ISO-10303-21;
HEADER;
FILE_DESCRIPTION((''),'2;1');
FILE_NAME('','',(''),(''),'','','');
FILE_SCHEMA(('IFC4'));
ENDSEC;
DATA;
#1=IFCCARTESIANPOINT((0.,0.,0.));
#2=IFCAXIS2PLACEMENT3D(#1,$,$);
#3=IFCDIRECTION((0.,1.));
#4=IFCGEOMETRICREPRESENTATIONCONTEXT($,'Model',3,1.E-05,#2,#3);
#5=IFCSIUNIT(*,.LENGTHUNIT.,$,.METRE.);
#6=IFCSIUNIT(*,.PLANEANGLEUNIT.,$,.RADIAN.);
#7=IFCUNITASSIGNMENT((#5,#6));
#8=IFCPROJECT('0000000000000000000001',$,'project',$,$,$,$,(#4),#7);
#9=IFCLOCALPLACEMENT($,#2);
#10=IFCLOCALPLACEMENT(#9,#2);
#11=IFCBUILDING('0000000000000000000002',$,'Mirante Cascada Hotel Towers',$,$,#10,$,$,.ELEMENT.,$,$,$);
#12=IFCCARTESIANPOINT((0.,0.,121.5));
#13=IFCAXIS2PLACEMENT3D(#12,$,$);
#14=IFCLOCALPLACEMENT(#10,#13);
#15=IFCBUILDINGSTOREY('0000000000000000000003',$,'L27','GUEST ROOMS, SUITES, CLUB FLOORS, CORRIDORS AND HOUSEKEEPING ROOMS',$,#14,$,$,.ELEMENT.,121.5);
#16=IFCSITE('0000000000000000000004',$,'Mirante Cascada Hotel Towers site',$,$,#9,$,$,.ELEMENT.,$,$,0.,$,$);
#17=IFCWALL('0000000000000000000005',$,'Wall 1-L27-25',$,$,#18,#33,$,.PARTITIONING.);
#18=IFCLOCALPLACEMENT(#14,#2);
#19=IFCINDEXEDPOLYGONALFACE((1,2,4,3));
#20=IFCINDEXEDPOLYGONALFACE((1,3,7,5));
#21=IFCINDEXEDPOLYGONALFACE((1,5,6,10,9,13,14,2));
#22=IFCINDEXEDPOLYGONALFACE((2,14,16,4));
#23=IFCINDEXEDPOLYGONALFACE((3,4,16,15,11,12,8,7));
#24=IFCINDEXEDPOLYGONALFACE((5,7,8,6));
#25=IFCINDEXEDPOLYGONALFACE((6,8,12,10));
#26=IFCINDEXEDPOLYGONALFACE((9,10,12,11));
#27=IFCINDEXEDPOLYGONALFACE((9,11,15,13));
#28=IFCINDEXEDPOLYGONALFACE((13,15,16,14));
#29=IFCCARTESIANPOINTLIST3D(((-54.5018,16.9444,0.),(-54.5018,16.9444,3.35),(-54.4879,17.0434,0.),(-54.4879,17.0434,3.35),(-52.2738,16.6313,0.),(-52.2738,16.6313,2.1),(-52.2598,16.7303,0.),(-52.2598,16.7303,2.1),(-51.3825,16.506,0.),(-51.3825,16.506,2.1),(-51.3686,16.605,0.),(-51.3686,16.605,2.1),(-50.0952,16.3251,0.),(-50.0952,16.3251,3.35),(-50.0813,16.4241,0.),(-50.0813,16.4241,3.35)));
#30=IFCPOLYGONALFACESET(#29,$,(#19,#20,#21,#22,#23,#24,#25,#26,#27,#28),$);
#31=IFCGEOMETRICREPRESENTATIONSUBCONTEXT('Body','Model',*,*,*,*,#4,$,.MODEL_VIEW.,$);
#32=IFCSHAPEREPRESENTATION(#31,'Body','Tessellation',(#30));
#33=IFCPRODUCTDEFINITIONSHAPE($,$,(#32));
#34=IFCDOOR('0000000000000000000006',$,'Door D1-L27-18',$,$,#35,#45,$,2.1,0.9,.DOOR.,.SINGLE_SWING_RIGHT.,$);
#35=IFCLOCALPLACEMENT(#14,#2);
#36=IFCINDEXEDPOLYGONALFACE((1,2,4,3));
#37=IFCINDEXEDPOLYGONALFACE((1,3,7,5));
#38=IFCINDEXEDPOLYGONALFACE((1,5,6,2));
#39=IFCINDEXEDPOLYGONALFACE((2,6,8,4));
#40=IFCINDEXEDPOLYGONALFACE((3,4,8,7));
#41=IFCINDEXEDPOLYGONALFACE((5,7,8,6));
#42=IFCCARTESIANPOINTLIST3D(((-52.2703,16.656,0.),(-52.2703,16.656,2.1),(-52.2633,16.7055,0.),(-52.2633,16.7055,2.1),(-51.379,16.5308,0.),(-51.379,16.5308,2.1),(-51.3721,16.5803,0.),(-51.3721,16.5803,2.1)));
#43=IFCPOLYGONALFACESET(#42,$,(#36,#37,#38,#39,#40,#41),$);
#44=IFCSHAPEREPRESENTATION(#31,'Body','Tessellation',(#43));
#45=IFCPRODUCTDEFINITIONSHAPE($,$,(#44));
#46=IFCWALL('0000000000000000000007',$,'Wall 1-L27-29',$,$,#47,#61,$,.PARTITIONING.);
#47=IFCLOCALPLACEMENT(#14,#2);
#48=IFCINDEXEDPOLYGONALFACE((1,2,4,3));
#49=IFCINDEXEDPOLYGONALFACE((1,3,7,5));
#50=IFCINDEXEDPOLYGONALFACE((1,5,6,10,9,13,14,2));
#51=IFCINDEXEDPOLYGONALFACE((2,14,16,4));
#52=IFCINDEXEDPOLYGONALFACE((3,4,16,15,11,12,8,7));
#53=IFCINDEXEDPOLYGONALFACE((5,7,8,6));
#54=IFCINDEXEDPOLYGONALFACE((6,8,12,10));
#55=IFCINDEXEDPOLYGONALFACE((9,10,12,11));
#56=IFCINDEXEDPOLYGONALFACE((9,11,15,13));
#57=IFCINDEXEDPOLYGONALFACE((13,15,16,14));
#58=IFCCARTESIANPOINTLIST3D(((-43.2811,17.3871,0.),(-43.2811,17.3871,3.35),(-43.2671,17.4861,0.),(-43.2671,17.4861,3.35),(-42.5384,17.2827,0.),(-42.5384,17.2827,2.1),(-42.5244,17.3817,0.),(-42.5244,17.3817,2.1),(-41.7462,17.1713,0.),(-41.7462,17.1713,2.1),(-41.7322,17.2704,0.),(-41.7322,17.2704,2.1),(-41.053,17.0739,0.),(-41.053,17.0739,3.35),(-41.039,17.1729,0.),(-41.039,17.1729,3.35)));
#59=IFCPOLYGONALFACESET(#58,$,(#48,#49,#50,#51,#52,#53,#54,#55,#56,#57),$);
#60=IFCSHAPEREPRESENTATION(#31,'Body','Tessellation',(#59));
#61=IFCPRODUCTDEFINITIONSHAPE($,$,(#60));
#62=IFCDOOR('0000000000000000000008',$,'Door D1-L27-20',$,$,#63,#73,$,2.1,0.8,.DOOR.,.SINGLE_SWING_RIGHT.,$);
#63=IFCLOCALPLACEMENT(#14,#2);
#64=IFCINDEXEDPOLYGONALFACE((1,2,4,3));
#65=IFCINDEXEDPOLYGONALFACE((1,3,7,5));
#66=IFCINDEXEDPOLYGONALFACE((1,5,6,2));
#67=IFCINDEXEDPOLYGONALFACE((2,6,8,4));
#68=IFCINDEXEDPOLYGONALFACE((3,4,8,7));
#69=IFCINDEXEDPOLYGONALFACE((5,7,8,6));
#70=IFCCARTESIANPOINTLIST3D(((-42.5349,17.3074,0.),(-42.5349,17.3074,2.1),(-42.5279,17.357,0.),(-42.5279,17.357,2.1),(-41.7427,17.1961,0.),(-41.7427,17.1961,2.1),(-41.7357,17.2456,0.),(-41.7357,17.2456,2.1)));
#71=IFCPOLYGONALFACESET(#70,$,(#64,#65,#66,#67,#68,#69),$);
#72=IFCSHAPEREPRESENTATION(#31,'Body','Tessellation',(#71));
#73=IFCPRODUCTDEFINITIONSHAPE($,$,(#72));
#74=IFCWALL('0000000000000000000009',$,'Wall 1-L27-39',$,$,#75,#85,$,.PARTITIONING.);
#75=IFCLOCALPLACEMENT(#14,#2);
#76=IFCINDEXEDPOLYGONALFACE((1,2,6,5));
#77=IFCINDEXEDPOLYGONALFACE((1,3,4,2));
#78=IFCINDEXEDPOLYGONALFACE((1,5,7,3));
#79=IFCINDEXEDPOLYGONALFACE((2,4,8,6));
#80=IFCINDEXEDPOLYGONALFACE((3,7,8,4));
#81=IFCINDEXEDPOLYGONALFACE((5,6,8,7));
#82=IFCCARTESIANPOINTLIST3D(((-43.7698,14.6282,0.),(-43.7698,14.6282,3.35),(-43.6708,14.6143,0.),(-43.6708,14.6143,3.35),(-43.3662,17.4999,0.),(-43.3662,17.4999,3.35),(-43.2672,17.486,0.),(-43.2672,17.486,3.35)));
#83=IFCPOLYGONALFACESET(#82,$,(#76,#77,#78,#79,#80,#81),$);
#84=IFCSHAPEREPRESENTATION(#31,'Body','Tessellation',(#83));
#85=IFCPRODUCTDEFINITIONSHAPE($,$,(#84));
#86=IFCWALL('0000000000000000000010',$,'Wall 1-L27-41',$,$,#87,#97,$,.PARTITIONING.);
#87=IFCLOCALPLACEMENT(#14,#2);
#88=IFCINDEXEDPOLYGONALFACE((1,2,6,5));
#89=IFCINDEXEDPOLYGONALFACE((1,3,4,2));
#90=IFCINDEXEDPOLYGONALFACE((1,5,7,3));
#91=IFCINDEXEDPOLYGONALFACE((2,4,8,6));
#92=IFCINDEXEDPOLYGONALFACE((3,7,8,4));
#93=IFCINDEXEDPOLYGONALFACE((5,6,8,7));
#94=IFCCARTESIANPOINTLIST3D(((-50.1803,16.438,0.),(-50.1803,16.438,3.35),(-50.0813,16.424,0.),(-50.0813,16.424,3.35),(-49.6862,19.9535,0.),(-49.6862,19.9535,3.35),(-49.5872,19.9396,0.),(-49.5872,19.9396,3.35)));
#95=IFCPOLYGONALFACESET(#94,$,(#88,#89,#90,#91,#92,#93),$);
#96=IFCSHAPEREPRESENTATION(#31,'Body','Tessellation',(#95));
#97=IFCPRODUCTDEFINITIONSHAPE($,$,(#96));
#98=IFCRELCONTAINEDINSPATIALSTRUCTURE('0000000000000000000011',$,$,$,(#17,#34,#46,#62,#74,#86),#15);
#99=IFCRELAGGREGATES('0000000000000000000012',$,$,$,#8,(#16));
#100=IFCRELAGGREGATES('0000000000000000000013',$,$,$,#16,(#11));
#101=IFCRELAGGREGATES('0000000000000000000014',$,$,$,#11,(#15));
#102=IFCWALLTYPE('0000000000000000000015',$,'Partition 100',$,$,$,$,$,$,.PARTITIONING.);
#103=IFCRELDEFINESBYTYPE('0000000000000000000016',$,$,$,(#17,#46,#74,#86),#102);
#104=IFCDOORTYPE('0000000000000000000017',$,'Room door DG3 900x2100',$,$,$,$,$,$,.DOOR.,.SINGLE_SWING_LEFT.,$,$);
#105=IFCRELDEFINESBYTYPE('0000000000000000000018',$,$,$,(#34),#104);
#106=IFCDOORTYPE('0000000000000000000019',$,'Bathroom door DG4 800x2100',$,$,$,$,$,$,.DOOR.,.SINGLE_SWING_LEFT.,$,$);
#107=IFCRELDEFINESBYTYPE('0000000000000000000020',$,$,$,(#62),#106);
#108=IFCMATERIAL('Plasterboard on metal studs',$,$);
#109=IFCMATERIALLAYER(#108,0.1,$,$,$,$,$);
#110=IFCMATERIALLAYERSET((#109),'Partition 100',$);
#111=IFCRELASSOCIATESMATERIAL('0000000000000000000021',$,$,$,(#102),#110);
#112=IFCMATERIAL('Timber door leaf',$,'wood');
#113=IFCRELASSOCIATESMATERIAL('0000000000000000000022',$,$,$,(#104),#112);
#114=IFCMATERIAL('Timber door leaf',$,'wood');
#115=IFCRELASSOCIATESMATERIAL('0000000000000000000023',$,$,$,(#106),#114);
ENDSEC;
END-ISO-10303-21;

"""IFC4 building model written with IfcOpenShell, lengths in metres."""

from ifc_helpers import new_model, si_unit, direction, frame, frame_2d, origin, place, context, subcontext, project, spatial, rectangle, extrude, material, layer, layer_set, type_object, element, fill, save


model = new_model("IFC4")

# Units and contexts
model_context = context("Model", 3, precision=1e-05, world=origin(), true_north=direction((0.0, 1.0)))
body_context = subcontext(model_context, "Body", "Model", "MODEL_VIEW")
ifc_project = project(units=[si_unit("LENGTHUNIT", "METRE"), si_unit("PLANEANGLEUNIT", "RADIAN")], contexts=[model_context])

# Site, building, storey
site_placement = place(None, origin())
site = spatial("IfcSite", under=ifc_project, at=site_placement, Name="Mirante Cascada Hotel Towers site", CompositionType="ELEMENT", RefElevation=0.0)
building_placement = place(site_placement, origin())
building = spatial("IfcBuilding", under=site, at=building_placement, Name="Mirante Cascada Hotel Towers", CompositionType="ELEMENT")
storey_placement = place(building_placement, frame((0.0, 0.0, 121.5)))
storey = spatial("IfcBuildingStorey", under=building, at=storey_placement, Name="L27", Description="GUEST ROOMS, SUITES, CLUB FLOORS, CORRIDORS AND HOUSEKEEPING ROOMS", CompositionType="ELEMENT", Elevation=121.5)

# Shared definitions
ifc_material_1 = material(Name="Plasterboard on metal studs")
ifc_layer_1 = layer(ifc_material_1, 0.1)
ifc_layer_set_1 = layer_set([ifc_layer_1], Name="Partition 100")
wall_type_1 = type_object("IfcWallType", Name="Partition 100", PredefinedType="PARTITIONING", material=ifc_layer_set_1)

# Walls, openings, doors
wall_1_placement = place(storey_placement, frame((-54.4949, 16.9939, 0.0), z_axis=(0.0, 0.0, 1.0), x_axis=(0.990268, -0.139172, 0.0)))
wall_1 = element("IfcWall", 1, at=wall_1_placement, inside=storey, type_object=wall_type_1, Name="Wall 1-L27-25", PredefinedType="PARTITIONING", context=body_context, shape_type="SweptSolid", body=[
    extrude(rectangle(XDim=4.4499, YDim=0.1, at=frame_2d((2.225, 0.0))), origin(), (0.0, 0.0, 1.0), 3.35),
])
opening_1_placement = place(wall_1_placement, frame((2.25, 0.0, 0.0)))
opening_1 = element("IfcOpeningElement", 2, at=opening_1_placement, cuts=wall_1, PredefinedType="OPENING", context=body_context, shape_type="SweptSolid", body=[
    extrude(rectangle(XDim=0.9, YDim=2.1, at=frame_2d((0.45, 1.05))), frame((0.0, 0.05, 0.0), z_axis=(0.0, -1.0, 0.0), x_axis=(1.0, 0.0, 0.0)), (0.0, 0.0, 1.0), 0.1),
])
ifc_material_2 = material(Name="Timber door leaf", Category="wood")
door_type_1 = type_object("IfcDoorType", Name="Room door DG3 900x2100", OperationType="SINGLE_SWING_LEFT", PredefinedType="DOOR", material=ifc_material_2)
door_1_placement = place(opening_1_placement, frame((0.9, 0.0, 0.0), z_axis=(0.0, 0.0, 1.0), x_axis=(-1.0, 0.0, 0.0)))
door_1 = element("IfcDoor", 3, at=door_1_placement, inside=storey, type_object=door_type_1, Name="Door D1-L27-18", OperationType="SINGLE_SWING_RIGHT", OverallHeight=2.1, OverallWidth=0.9, PredefinedType="DOOR", context=body_context, shape_type="SweptSolid", body=[
    extrude(rectangle(XDim=0.9, YDim=2.1, at=frame_2d((0.45, 1.05))), frame((0.0, 0.025, 0.0), z_axis=(0.0, -1.0, 0.0), x_axis=(1.0, 0.0, 0.0)), (0.0, 0.0, 1.0), 0.05),
])
fill(opening_1, door_1)
wall_2_placement = place(storey_placement, frame((-43.2741, 17.4366, 0.0), z_axis=(0.0, 0.0, 1.0), x_axis=(0.990264, -0.1392, 0.0)))
wall_2 = element("IfcWall", 4, at=wall_2_placement, inside=storey, type_object=wall_type_1, Name="Wall 1-L27-29", PredefinedType="PARTITIONING", context=body_context, shape_type="SweptSolid", body=[
    extrude(rectangle(XDim=2.25, YDim=0.1, at=frame_2d((1.125, 0.0))), origin(), (0.0, 0.0, 1.0), 3.35),
])
opening_2_placement = place(wall_2_placement, frame((0.75, 0.0, 0.0)))
opening_2 = element("IfcOpeningElement", 5, at=opening_2_placement, cuts=wall_2, PredefinedType="OPENING", context=body_context, shape_type="SweptSolid", body=[
    extrude(rectangle(XDim=0.8, YDim=2.1, at=frame_2d((0.4, 1.05))), frame((0.0, 0.05, 0.0), z_axis=(0.0, -1.0, 0.0), x_axis=(1.0, 0.0, 0.0)), (0.0, 0.0, 1.0), 0.1),
])
ifc_material_3 = material(Name="Timber door leaf", Category="wood")
door_type_2 = type_object("IfcDoorType", Name="Bathroom door DG4 800x2100", OperationType="SINGLE_SWING_LEFT", PredefinedType="DOOR", material=ifc_material_3)
door_2_placement = place(opening_2_placement, frame((0.8, 0.0, 0.0), z_axis=(0.0, 0.0, 1.0), x_axis=(-1.0, 0.0, 0.0)))
door_2 = element("IfcDoor", 6, at=door_2_placement, inside=storey, type_object=door_type_2, Name="Door D1-L27-20", OperationType="SINGLE_SWING_RIGHT", OverallHeight=2.1, OverallWidth=0.8, PredefinedType="DOOR", context=body_context, shape_type="SweptSolid", body=[
    extrude(rectangle(XDim=0.8, YDim=2.1, at=frame_2d((0.4, 1.05))), frame((0.0, 0.025, 0.0), z_axis=(0.0, -1.0, 0.0), x_axis=(1.0, 0.0, 0.0)), (0.0, 0.0, 1.0), 0.05),
])
fill(opening_2, door_2)

# Walls
wall_3_placement = place(storey_placement, frame((-43.3167, 17.493, 0.0), z_axis=(0.0, 0.0, 1.0), x_axis=(-0.139176, -0.990268, 0.0)))
element("IfcWall", 7, at=wall_3_placement, inside=storey, type_object=wall_type_1, Name="Wall 1-L27-39", PredefinedType="PARTITIONING", context=body_context, shape_type="SweptSolid", body=[
    extrude(rectangle(XDim=2.8999, YDim=0.1, at=frame_2d((1.45, 0.0))), origin(), (0.0, 0.0, 1.0), 3.35),
])
wall_4_placement = place(storey_placement, frame((-49.6367, 19.9465, 0.0), z_axis=(0.0, 0.0, 1.0), x_axis=(-0.139181, -0.990267, 0.0)))
element("IfcWall", 8, at=wall_4_placement, inside=storey, type_object=wall_type_1, Name="Wall 1-L27-41", PredefinedType="PARTITIONING", context=body_context, shape_type="SweptSolid", body=[
    extrude(rectangle(XDim=3.5501, YDim=0.1, at=frame_2d((1.775, 0.0))), origin(), (0.0, 0.0, 1.0), 3.35),
])

save(model, "model.ifc")
